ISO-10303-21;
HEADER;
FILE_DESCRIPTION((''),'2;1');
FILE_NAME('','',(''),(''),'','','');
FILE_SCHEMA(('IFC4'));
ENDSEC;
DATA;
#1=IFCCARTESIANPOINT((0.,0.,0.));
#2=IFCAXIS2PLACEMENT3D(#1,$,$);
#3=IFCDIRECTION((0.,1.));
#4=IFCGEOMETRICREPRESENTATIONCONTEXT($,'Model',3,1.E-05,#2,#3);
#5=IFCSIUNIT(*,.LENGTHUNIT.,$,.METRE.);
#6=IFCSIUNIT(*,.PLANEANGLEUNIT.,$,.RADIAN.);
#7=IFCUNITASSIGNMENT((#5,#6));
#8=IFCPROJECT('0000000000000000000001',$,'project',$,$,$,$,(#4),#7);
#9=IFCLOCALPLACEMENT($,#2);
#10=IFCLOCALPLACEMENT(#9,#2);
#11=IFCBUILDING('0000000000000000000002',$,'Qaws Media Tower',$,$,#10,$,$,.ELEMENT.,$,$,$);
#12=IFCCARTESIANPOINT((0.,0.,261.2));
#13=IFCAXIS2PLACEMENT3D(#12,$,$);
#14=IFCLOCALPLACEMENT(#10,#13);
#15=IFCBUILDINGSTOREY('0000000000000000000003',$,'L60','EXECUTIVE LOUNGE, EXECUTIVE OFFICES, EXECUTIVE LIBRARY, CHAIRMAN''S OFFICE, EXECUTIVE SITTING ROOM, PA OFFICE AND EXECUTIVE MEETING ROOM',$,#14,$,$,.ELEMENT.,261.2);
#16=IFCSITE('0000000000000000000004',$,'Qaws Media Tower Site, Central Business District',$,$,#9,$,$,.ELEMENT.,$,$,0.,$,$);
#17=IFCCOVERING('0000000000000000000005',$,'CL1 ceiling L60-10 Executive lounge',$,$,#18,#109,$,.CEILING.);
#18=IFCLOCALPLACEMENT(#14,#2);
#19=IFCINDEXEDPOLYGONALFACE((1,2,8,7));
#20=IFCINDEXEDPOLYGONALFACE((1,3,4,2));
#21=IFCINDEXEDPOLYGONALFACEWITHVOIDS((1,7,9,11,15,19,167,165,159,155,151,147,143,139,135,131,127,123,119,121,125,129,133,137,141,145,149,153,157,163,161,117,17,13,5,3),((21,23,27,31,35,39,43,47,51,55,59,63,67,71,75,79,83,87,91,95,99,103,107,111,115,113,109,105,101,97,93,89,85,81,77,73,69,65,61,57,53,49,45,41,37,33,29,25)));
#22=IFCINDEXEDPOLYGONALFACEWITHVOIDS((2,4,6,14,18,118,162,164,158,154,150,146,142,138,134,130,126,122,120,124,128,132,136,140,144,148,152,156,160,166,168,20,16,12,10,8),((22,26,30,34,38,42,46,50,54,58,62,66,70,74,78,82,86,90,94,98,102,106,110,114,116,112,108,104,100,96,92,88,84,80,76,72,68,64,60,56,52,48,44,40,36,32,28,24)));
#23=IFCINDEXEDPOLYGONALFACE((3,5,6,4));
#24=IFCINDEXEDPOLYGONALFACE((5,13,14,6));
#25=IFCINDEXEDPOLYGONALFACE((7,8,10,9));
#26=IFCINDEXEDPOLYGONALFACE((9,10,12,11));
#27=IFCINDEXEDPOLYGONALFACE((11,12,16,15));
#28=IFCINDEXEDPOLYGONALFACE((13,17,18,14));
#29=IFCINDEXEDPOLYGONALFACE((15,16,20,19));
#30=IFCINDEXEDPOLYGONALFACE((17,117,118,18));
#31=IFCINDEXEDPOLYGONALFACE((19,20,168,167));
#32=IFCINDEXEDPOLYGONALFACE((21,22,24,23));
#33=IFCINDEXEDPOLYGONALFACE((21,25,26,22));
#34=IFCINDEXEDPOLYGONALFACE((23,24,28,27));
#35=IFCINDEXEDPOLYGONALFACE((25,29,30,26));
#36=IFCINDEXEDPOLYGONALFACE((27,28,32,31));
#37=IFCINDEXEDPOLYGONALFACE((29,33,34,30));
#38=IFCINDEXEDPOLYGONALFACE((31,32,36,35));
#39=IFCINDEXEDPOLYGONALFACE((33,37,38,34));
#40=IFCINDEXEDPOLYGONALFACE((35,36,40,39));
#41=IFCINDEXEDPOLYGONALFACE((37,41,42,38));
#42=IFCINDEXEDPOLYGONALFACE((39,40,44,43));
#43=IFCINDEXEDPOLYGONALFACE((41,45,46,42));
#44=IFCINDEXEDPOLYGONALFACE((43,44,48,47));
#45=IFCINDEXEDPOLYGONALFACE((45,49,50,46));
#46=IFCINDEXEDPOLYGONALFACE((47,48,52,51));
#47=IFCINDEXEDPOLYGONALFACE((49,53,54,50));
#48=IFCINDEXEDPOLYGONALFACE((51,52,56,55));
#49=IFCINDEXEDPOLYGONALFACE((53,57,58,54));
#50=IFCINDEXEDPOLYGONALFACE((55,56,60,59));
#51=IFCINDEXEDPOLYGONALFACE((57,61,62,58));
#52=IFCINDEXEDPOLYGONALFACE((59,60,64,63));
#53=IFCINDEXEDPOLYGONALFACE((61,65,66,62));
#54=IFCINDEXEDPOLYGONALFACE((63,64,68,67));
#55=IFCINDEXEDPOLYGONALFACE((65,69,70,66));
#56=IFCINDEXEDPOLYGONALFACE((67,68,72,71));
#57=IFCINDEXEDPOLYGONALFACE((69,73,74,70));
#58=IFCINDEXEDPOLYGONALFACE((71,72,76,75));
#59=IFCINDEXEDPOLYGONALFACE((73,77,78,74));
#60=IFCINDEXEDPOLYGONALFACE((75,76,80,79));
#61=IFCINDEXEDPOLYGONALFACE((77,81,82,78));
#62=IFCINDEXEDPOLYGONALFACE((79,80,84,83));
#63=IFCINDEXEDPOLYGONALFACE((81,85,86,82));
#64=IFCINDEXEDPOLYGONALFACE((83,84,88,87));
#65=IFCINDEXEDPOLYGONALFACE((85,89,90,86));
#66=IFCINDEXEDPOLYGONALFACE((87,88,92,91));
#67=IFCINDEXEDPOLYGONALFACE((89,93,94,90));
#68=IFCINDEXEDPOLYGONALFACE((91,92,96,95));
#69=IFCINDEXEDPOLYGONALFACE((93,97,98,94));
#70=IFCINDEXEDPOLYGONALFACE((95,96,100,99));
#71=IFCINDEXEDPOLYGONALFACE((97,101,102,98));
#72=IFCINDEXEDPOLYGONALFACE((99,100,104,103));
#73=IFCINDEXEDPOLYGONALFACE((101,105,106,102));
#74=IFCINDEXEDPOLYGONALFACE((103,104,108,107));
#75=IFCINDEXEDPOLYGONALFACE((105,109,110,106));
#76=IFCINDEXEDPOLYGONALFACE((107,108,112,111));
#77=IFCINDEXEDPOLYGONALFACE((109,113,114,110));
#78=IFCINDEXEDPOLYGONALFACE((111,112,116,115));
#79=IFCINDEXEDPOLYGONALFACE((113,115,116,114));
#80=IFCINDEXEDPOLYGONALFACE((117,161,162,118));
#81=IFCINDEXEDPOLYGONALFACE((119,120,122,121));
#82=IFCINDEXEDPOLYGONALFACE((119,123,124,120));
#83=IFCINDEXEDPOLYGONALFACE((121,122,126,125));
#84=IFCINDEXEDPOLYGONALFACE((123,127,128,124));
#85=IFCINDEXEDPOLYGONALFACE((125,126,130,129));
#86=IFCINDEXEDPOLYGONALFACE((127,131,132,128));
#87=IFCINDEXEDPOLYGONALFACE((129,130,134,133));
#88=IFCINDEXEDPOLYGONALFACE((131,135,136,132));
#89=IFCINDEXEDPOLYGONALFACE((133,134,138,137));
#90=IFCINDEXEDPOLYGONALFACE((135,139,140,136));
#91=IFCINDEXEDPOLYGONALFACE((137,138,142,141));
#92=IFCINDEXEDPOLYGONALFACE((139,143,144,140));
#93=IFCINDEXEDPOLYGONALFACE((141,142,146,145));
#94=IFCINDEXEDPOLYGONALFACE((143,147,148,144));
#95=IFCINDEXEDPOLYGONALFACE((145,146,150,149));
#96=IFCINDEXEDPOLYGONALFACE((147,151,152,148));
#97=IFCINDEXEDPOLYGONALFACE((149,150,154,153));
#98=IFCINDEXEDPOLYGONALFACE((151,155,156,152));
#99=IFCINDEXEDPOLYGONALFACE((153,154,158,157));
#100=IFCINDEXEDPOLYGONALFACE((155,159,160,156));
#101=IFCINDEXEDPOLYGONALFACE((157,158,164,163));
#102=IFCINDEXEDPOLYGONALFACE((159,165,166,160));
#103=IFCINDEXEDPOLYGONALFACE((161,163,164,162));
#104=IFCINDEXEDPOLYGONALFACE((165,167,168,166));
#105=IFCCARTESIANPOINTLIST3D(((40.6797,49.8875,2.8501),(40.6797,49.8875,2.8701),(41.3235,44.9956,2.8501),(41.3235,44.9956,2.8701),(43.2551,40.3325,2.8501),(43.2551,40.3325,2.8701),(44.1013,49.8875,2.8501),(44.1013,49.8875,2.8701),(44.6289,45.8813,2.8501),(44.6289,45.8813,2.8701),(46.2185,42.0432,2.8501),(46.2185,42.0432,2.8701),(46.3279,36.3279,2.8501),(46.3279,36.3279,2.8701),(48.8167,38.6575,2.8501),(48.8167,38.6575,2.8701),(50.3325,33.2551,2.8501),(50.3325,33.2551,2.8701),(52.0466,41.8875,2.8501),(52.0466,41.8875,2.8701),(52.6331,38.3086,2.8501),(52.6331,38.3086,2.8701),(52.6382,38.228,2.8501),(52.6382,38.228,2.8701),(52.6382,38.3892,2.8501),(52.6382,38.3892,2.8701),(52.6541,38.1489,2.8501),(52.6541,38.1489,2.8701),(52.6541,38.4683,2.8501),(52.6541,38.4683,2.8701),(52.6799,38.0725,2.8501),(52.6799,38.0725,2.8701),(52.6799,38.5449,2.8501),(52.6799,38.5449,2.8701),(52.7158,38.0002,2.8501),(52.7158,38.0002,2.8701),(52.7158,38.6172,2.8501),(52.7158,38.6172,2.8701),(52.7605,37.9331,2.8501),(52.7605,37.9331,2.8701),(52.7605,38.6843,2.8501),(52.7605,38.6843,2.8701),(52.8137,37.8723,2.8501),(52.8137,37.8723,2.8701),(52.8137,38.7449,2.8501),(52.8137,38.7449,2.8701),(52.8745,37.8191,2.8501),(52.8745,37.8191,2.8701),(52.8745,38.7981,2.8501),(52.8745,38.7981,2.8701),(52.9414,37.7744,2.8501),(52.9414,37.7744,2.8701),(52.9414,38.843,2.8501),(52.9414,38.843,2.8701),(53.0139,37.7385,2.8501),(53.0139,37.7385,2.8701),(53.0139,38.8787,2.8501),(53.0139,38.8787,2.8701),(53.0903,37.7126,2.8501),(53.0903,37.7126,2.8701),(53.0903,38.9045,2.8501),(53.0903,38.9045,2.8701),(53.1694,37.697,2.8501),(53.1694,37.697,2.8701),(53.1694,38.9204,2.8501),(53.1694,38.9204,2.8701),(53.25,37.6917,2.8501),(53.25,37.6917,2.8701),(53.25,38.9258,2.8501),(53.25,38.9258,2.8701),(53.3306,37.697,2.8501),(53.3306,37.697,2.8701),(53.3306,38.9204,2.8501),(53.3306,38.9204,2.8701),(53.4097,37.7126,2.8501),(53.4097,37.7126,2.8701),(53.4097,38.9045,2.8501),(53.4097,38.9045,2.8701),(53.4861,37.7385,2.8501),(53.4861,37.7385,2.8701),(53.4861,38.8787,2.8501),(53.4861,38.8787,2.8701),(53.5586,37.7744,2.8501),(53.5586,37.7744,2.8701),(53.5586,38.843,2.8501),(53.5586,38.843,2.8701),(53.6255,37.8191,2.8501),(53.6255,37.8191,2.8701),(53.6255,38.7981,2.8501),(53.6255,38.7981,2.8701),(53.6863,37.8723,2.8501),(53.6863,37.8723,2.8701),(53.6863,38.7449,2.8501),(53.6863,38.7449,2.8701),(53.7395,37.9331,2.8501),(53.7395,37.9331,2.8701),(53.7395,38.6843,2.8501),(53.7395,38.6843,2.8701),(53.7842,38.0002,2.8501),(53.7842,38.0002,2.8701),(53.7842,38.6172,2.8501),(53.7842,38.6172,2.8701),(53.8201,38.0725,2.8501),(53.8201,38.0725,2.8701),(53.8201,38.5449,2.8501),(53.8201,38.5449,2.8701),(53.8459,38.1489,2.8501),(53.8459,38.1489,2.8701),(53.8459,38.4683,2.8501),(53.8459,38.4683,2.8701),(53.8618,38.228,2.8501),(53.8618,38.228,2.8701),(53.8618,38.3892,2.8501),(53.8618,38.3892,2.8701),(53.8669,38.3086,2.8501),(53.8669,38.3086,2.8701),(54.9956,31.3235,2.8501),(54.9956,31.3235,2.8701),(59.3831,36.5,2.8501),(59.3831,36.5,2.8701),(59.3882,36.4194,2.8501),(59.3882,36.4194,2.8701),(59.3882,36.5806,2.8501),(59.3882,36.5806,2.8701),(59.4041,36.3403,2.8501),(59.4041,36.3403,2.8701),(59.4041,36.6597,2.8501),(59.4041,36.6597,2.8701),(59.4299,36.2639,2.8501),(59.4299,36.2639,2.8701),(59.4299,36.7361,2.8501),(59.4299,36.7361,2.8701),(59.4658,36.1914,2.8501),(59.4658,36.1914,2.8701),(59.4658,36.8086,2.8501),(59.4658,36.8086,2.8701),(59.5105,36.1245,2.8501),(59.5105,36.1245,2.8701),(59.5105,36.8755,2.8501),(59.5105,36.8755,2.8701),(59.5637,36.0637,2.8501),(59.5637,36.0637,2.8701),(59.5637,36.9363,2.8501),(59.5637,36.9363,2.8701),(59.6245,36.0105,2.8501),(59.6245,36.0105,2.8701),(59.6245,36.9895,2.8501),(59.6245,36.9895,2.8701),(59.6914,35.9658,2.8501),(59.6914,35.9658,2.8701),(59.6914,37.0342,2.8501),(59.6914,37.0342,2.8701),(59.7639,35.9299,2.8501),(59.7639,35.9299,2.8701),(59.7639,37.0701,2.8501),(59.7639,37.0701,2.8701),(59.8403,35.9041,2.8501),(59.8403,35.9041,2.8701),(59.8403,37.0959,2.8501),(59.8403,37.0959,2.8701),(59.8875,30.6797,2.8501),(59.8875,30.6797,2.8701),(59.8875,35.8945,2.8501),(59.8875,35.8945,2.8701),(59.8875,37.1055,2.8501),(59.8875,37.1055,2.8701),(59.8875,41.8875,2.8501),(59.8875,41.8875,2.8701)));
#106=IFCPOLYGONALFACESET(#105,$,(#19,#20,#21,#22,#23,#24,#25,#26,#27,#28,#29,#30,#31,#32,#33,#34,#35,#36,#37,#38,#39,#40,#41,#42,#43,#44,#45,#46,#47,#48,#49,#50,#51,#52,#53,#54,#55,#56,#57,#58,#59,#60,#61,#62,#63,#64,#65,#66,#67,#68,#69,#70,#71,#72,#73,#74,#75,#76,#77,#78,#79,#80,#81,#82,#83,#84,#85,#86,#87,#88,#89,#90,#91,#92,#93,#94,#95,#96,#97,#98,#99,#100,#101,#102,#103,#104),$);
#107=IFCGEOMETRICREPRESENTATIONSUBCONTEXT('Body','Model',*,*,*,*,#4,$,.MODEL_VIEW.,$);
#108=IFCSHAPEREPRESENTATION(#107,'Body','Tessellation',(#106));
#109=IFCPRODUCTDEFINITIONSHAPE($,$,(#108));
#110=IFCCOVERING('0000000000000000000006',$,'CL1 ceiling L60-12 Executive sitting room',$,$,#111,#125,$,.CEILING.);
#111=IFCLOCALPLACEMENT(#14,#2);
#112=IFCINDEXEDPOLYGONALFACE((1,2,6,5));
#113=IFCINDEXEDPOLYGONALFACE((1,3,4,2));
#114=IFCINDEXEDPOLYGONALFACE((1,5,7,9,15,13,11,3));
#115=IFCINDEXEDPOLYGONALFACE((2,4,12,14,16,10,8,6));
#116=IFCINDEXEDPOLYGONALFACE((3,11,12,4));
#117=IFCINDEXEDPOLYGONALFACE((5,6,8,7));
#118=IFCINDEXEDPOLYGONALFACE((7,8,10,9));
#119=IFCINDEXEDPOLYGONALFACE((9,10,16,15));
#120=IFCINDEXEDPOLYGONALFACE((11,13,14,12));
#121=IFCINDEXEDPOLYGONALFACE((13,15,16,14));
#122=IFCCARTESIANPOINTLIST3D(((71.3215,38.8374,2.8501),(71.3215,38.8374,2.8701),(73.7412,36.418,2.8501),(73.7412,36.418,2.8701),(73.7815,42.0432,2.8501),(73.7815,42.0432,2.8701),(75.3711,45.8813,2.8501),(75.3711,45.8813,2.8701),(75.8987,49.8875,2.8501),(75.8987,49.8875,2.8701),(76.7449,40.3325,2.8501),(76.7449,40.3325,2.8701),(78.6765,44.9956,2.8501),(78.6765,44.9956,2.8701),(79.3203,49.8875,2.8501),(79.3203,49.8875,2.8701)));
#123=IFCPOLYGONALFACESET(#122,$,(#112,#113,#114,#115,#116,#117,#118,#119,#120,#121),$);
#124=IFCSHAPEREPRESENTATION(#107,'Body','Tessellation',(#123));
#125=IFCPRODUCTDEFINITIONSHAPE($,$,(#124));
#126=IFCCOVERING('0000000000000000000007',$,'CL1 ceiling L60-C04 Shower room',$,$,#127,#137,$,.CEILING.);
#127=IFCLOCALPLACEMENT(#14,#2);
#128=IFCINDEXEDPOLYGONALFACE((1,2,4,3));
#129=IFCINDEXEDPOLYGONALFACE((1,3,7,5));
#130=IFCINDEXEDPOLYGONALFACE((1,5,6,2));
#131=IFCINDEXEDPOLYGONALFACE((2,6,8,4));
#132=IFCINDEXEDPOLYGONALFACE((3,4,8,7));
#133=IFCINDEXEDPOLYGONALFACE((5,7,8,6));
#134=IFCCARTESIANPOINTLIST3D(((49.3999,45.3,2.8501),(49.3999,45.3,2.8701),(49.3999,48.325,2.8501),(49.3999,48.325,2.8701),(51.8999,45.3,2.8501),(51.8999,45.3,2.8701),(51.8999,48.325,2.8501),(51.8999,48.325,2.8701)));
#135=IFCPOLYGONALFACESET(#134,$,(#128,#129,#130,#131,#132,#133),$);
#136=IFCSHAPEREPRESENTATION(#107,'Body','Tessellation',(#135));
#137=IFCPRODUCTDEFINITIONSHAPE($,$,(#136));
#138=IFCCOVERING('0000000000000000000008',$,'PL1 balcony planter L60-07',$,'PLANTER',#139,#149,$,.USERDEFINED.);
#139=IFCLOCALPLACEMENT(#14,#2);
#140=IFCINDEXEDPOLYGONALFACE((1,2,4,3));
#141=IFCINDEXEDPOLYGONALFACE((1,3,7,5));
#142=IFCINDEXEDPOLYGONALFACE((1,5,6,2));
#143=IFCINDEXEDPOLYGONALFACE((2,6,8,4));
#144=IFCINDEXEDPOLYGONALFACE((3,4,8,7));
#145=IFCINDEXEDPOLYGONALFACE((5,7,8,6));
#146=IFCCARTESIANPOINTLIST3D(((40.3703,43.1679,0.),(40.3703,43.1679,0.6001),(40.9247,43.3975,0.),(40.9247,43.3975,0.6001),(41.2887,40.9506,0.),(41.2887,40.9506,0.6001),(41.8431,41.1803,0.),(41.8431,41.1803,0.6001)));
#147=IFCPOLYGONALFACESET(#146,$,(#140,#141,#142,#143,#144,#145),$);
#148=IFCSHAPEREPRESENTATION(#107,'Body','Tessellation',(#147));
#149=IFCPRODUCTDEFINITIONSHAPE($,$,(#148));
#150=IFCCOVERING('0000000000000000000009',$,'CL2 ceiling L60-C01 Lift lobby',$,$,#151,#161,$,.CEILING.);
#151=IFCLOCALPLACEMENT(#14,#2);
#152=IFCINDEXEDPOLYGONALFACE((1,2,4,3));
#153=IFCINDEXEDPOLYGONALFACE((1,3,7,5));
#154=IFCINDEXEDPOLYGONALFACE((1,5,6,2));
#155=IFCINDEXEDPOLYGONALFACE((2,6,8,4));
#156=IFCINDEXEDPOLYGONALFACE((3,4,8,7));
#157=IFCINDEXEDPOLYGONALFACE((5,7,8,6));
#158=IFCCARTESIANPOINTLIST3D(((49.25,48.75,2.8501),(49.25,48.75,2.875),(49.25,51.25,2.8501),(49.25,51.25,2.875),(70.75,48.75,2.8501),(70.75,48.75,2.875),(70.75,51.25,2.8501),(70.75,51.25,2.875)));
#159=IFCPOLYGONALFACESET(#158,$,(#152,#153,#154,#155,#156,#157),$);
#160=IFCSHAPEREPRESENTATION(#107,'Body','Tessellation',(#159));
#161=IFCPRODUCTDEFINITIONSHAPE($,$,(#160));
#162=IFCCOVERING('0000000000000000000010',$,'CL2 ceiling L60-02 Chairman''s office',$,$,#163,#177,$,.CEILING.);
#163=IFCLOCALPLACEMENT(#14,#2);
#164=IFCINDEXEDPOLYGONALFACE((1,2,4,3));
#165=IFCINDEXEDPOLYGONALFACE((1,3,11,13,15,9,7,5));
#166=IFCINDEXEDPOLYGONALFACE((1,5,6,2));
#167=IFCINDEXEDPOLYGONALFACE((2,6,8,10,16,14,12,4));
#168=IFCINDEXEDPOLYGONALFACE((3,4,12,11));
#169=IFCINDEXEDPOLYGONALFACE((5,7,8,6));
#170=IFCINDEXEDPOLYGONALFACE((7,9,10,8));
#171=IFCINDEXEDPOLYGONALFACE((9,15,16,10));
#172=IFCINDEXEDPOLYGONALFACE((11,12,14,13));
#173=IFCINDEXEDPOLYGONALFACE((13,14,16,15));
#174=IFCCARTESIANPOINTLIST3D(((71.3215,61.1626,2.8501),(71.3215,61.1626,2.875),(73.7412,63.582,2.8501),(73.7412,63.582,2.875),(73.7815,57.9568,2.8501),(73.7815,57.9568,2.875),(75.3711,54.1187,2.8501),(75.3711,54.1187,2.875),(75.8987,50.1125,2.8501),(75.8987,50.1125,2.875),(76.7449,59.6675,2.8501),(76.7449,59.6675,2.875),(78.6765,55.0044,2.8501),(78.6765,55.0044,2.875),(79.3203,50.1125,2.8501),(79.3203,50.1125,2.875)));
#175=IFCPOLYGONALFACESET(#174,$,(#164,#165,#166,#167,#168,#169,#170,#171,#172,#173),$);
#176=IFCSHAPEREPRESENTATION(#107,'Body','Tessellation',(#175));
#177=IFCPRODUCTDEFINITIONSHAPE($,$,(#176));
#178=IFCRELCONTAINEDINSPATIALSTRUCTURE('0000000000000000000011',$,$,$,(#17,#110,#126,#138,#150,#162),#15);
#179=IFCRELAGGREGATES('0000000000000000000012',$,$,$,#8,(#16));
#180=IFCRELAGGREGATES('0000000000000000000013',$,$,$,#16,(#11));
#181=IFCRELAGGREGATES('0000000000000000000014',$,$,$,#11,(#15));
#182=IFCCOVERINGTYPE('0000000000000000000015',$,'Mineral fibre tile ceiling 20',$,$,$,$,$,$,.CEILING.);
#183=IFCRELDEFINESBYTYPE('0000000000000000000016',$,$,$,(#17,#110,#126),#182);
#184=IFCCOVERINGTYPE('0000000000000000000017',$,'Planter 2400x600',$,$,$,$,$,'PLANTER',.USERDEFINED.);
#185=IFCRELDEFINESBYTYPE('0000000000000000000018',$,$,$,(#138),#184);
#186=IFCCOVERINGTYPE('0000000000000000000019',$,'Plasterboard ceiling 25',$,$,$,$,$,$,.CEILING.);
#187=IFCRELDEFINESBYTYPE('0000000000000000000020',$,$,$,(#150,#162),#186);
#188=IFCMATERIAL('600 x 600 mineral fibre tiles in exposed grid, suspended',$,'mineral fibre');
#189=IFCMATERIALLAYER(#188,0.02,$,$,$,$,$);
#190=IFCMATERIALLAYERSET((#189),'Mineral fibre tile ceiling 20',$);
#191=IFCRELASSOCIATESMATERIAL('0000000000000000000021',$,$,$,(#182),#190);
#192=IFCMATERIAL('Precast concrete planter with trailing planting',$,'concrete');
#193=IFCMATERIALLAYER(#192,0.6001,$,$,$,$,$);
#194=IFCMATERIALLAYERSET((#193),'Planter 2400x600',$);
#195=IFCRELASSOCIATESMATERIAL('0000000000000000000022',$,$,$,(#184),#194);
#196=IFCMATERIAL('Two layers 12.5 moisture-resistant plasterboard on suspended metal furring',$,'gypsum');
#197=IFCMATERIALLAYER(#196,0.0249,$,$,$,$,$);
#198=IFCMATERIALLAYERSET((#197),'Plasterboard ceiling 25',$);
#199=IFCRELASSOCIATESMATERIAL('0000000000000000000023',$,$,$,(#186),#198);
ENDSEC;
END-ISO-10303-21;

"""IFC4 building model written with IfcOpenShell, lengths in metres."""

from ifc_helpers import new_model, si_unit, direction, frame, origin, origin_2d, place, context, subcontext, project, spatial, polyline, rectangle, outline, extrude, material, layer, layer_set, type_object, element, save


model = new_model("IFC4")

# Units and contexts
model_context = context("Model", 3, precision=1e-05, world=origin(), true_north=direction((0.0, 1.0)))
body_context = subcontext(model_context, "Body", "Model", "MODEL_VIEW")
ifc_project = project(units=[si_unit("LENGTHUNIT", "METRE"), si_unit("PLANEANGLEUNIT", "RADIAN")], contexts=[model_context])

# Site, building, storey
site_placement = place(None, origin())
site = spatial("IfcSite", under=ifc_project, at=site_placement, Name="Qaws Media Tower Site, Central Business District", CompositionType="ELEMENT", RefElevation=0.0)
building_placement = place(site_placement, origin())
building = spatial("IfcBuilding", under=site, at=building_placement, Name="Qaws Media Tower", CompositionType="ELEMENT")
storey_placement = place(building_placement, frame((0.0, 0.0, 261.2)))
storey = spatial("IfcBuildingStorey", under=building, at=storey_placement, Name="L60", Description="EXECUTIVE LOUNGE, EXECUTIVE OFFICES, EXECUTIVE LIBRARY, CHAIRMAN'S OFFICE, EXECUTIVE SITTING ROOM, PA OFFICE AND EXECUTIVE MEETING ROOM", CompositionType="ELEMENT", Elevation=261.2)

# Coverings
ifc_material_1 = material(Name="600 x 600 mineral fibre tiles in exposed grid, suspended", Category="mineral fibre")
ifc_layer_1 = layer(ifc_material_1, 0.02)
ifc_layer_set_1 = layer_set([ifc_layer_1], Name="Mineral fibre tile ceiling 20")
covering_type_1 = type_object("IfcCoveringType", Name="Mineral fibre tile ceiling 20", PredefinedType="CEILING", material=ifc_layer_set_1)
covering_1_placement = place(storey_placement, frame((0.0, 0.0, 2.8501)))
element("IfcCovering", 1, at=covering_1_placement, inside=storey, type_object=covering_type_1, Name="CL1 ceiling L60-10 Executive lounge", PredefinedType="CEILING", context=body_context, shape_type="SweptSolid", body=[
    extrude(outline(polyline([(54.9956, 31.3235), (50.3325, 33.2551), (46.3279, 36.3279), (43.2551, 40.3325), (41.3235, 44.9956), (40.6797, 49.8875), (44.1013, 49.8875), (44.6289, 45.8813), (46.2185, 42.0432), (48.8167, 38.6575), (52.0466, 41.8875), (59.8875, 41.8875), (59.8875, 37.1055), (59.8403, 37.0959), (59.7639, 37.0701), (59.6914, 37.0342), (59.6245, 36.9895), (59.5637, 36.9363), (59.5105, 36.8755), (59.4658, 36.8086), (59.4299, 36.7361), (59.4041, 36.6597), (59.3882, 36.5806), (59.3831, 36.5), (59.3882, 36.4194), (59.4041, 36.3403), (59.4299, 36.2639), (59.4658, 36.1914), (59.5105, 36.1245), (59.5637, 36.0637), (59.6245, 36.0105), (59.6914, 35.9658), (59.7639, 35.9299), (59.8403, 35.9041), (59.8875, 35.8945), (59.8875, 30.6797), (54.9956, 31.3235)]), holes=[polyline([(53.8459, 38.1489), (53.8618, 38.228), (53.8669, 38.3086), (53.8618, 38.3892), (53.8459, 38.4683), (53.8201, 38.5449), (53.7842, 38.6172), (53.7395, 38.6843), (53.6863, 38.7449), (53.6255, 38.7981), (53.5586, 38.843), (53.4861, 38.8787), (53.4097, 38.9045), (53.3306, 38.9204), (53.25, 38.9258), (53.1694, 38.9204), (53.0903, 38.9045), (53.0139, 38.8787), (52.9414, 38.843), (52.8745, 38.7981), (52.8137, 38.7449), (52.7605, 38.6843), (52.7158, 38.6172), (52.6799, 38.5449), (52.6541, 38.4683), (52.6382, 38.3892), (52.6331, 38.3086), (52.6382, 38.228), (52.6541, 38.1489), (52.6799, 38.0725), (52.7158, 38.0002), (52.7605, 37.9331), (52.8137, 37.8723), (52.8745, 37.8191), (52.9414, 37.7744), (53.0139, 37.7385), (53.0903, 37.7126), (53.1694, 37.697), (53.25, 37.6917), (53.3306, 37.697), (53.4097, 37.7126), (53.4861, 37.7385), (53.5586, 37.7744), (53.6255, 37.8191), (53.6863, 37.8723), (53.7395, 37.9331), (53.7842, 38.0002), (53.8201, 38.0725), (53.8459, 38.1489)])]), origin(), (0.0, 0.0, 1.0), 0.02),
])
covering_2_placement = place(storey_placement, frame((0.0, 0.0, 2.8501)))
element("IfcCovering", 2, at=covering_2_placement, inside=storey, type_object=covering_type_1, Name="CL1 ceiling L60-12 Executive sitting room", PredefinedType="CEILING", context=body_context, shape_type="SweptSolid", body=[
    extrude(outline(polyline([(78.6765, 44.9956), (76.7449, 40.3325), (73.7412, 36.418), (71.3215, 38.8374), (73.7815, 42.0432), (75.3711, 45.8813), (75.8987, 49.8875), (79.3203, 49.8875), (78.6765, 44.9956)])), origin(), (0.0, 0.0, 1.0), 0.02),
])
covering_3_placement = place(storey_placement, frame((0.0, 0.0, 2.8501)))
element("IfcCovering", 3, at=covering_3_placement, inside=storey, type_object=covering_type_1, Name="CL1 ceiling L60-C04 Shower room", PredefinedType="CEILING", context=body_context, shape_type="SweptSolid", body=[
    extrude(outline(polyline([(49.3999, 45.3), (49.3999, 48.325), (51.8999, 48.325), (51.8999, 45.3), (49.3999, 45.3)])), origin(), (0.0, 0.0, 1.0), 0.02),
])
ifc_material_2 = material(Name="Precast concrete planter with trailing planting", Category="concrete")
ifc_layer_2 = layer(ifc_material_2, 0.6001)
ifc_layer_set_2 = layer_set([ifc_layer_2], Name="Planter 2400x600")
covering_type_2 = type_object("IfcCoveringType", Name="Planter 2400x600", ElementType="PLANTER", PredefinedType="USERDEFINED", material=ifc_layer_set_2)
covering_4_placement = place(storey_placement, frame((41.1067, 42.1741, 0.0), z_axis=(0.0, 0.0, 1.0), x_axis=(0.382683, -0.92388, 0.0)))
element("IfcCovering", 4, at=covering_4_placement, inside=storey, type_object=covering_type_2, Name="PL1 balcony planter L60-07", ObjectType="PLANTER", PredefinedType="USERDEFINED", context=body_context, shape_type="SweptSolid", body=[
    extrude(rectangle(XDim=2.3999, YDim=0.6001, at=origin_2d()), origin(), (0.0, 0.0, 1.0), 0.6001),
])
ifc_material_3 = material(Name="Two layers 12.5 moisture-resistant plasterboard on suspended metal furring", Category="gypsum")
ifc_layer_3 = layer(ifc_material_3, 0.0249)
ifc_layer_set_3 = layer_set([ifc_layer_3], Name="Plasterboard ceiling 25")
covering_type_3 = type_object("IfcCoveringType", Name="Plasterboard ceiling 25", PredefinedType="CEILING", material=ifc_layer_set_3)
covering_5_placement = place(storey_placement, frame((0.0, 0.0, 2.8501)))
element("IfcCovering", 5, at=covering_5_placement, inside=storey, type_object=covering_type_3, Name="CL2 ceiling L60-C01 Lift lobby", PredefinedType="CEILING", context=body_context, shape_type="SweptSolid", body=[
    extrude(outline(polyline([(49.25, 48.75), (49.25, 51.25), (70.75, 51.25), (70.75, 48.75), (49.25, 48.75)])), origin(), (0.0, 0.0, 1.0), 0.0249),
])
covering_6_placement = place(storey_placement, frame((0.0, 0.0, 2.8501)))
element("IfcCovering", 6, at=covering_6_placement, inside=storey, type_object=covering_type_3, Name="CL2 ceiling L60-02 Chairman's office", PredefinedType="CEILING", context=body_context, shape_type="SweptSolid", body=[
    extrude(outline(polyline([(76.7449, 59.6675), (78.6765, 55.0044), (79.3203, 50.1125), (75.8987, 50.1125), (75.3711, 54.1187), (73.7815, 57.9568), (71.3215, 61.1626), (73.7412, 63.582), (76.7449, 59.6675)])), origin(), (0.0, 0.0, 1.0), 0.0249),
])

save(model, "model.ifc")
